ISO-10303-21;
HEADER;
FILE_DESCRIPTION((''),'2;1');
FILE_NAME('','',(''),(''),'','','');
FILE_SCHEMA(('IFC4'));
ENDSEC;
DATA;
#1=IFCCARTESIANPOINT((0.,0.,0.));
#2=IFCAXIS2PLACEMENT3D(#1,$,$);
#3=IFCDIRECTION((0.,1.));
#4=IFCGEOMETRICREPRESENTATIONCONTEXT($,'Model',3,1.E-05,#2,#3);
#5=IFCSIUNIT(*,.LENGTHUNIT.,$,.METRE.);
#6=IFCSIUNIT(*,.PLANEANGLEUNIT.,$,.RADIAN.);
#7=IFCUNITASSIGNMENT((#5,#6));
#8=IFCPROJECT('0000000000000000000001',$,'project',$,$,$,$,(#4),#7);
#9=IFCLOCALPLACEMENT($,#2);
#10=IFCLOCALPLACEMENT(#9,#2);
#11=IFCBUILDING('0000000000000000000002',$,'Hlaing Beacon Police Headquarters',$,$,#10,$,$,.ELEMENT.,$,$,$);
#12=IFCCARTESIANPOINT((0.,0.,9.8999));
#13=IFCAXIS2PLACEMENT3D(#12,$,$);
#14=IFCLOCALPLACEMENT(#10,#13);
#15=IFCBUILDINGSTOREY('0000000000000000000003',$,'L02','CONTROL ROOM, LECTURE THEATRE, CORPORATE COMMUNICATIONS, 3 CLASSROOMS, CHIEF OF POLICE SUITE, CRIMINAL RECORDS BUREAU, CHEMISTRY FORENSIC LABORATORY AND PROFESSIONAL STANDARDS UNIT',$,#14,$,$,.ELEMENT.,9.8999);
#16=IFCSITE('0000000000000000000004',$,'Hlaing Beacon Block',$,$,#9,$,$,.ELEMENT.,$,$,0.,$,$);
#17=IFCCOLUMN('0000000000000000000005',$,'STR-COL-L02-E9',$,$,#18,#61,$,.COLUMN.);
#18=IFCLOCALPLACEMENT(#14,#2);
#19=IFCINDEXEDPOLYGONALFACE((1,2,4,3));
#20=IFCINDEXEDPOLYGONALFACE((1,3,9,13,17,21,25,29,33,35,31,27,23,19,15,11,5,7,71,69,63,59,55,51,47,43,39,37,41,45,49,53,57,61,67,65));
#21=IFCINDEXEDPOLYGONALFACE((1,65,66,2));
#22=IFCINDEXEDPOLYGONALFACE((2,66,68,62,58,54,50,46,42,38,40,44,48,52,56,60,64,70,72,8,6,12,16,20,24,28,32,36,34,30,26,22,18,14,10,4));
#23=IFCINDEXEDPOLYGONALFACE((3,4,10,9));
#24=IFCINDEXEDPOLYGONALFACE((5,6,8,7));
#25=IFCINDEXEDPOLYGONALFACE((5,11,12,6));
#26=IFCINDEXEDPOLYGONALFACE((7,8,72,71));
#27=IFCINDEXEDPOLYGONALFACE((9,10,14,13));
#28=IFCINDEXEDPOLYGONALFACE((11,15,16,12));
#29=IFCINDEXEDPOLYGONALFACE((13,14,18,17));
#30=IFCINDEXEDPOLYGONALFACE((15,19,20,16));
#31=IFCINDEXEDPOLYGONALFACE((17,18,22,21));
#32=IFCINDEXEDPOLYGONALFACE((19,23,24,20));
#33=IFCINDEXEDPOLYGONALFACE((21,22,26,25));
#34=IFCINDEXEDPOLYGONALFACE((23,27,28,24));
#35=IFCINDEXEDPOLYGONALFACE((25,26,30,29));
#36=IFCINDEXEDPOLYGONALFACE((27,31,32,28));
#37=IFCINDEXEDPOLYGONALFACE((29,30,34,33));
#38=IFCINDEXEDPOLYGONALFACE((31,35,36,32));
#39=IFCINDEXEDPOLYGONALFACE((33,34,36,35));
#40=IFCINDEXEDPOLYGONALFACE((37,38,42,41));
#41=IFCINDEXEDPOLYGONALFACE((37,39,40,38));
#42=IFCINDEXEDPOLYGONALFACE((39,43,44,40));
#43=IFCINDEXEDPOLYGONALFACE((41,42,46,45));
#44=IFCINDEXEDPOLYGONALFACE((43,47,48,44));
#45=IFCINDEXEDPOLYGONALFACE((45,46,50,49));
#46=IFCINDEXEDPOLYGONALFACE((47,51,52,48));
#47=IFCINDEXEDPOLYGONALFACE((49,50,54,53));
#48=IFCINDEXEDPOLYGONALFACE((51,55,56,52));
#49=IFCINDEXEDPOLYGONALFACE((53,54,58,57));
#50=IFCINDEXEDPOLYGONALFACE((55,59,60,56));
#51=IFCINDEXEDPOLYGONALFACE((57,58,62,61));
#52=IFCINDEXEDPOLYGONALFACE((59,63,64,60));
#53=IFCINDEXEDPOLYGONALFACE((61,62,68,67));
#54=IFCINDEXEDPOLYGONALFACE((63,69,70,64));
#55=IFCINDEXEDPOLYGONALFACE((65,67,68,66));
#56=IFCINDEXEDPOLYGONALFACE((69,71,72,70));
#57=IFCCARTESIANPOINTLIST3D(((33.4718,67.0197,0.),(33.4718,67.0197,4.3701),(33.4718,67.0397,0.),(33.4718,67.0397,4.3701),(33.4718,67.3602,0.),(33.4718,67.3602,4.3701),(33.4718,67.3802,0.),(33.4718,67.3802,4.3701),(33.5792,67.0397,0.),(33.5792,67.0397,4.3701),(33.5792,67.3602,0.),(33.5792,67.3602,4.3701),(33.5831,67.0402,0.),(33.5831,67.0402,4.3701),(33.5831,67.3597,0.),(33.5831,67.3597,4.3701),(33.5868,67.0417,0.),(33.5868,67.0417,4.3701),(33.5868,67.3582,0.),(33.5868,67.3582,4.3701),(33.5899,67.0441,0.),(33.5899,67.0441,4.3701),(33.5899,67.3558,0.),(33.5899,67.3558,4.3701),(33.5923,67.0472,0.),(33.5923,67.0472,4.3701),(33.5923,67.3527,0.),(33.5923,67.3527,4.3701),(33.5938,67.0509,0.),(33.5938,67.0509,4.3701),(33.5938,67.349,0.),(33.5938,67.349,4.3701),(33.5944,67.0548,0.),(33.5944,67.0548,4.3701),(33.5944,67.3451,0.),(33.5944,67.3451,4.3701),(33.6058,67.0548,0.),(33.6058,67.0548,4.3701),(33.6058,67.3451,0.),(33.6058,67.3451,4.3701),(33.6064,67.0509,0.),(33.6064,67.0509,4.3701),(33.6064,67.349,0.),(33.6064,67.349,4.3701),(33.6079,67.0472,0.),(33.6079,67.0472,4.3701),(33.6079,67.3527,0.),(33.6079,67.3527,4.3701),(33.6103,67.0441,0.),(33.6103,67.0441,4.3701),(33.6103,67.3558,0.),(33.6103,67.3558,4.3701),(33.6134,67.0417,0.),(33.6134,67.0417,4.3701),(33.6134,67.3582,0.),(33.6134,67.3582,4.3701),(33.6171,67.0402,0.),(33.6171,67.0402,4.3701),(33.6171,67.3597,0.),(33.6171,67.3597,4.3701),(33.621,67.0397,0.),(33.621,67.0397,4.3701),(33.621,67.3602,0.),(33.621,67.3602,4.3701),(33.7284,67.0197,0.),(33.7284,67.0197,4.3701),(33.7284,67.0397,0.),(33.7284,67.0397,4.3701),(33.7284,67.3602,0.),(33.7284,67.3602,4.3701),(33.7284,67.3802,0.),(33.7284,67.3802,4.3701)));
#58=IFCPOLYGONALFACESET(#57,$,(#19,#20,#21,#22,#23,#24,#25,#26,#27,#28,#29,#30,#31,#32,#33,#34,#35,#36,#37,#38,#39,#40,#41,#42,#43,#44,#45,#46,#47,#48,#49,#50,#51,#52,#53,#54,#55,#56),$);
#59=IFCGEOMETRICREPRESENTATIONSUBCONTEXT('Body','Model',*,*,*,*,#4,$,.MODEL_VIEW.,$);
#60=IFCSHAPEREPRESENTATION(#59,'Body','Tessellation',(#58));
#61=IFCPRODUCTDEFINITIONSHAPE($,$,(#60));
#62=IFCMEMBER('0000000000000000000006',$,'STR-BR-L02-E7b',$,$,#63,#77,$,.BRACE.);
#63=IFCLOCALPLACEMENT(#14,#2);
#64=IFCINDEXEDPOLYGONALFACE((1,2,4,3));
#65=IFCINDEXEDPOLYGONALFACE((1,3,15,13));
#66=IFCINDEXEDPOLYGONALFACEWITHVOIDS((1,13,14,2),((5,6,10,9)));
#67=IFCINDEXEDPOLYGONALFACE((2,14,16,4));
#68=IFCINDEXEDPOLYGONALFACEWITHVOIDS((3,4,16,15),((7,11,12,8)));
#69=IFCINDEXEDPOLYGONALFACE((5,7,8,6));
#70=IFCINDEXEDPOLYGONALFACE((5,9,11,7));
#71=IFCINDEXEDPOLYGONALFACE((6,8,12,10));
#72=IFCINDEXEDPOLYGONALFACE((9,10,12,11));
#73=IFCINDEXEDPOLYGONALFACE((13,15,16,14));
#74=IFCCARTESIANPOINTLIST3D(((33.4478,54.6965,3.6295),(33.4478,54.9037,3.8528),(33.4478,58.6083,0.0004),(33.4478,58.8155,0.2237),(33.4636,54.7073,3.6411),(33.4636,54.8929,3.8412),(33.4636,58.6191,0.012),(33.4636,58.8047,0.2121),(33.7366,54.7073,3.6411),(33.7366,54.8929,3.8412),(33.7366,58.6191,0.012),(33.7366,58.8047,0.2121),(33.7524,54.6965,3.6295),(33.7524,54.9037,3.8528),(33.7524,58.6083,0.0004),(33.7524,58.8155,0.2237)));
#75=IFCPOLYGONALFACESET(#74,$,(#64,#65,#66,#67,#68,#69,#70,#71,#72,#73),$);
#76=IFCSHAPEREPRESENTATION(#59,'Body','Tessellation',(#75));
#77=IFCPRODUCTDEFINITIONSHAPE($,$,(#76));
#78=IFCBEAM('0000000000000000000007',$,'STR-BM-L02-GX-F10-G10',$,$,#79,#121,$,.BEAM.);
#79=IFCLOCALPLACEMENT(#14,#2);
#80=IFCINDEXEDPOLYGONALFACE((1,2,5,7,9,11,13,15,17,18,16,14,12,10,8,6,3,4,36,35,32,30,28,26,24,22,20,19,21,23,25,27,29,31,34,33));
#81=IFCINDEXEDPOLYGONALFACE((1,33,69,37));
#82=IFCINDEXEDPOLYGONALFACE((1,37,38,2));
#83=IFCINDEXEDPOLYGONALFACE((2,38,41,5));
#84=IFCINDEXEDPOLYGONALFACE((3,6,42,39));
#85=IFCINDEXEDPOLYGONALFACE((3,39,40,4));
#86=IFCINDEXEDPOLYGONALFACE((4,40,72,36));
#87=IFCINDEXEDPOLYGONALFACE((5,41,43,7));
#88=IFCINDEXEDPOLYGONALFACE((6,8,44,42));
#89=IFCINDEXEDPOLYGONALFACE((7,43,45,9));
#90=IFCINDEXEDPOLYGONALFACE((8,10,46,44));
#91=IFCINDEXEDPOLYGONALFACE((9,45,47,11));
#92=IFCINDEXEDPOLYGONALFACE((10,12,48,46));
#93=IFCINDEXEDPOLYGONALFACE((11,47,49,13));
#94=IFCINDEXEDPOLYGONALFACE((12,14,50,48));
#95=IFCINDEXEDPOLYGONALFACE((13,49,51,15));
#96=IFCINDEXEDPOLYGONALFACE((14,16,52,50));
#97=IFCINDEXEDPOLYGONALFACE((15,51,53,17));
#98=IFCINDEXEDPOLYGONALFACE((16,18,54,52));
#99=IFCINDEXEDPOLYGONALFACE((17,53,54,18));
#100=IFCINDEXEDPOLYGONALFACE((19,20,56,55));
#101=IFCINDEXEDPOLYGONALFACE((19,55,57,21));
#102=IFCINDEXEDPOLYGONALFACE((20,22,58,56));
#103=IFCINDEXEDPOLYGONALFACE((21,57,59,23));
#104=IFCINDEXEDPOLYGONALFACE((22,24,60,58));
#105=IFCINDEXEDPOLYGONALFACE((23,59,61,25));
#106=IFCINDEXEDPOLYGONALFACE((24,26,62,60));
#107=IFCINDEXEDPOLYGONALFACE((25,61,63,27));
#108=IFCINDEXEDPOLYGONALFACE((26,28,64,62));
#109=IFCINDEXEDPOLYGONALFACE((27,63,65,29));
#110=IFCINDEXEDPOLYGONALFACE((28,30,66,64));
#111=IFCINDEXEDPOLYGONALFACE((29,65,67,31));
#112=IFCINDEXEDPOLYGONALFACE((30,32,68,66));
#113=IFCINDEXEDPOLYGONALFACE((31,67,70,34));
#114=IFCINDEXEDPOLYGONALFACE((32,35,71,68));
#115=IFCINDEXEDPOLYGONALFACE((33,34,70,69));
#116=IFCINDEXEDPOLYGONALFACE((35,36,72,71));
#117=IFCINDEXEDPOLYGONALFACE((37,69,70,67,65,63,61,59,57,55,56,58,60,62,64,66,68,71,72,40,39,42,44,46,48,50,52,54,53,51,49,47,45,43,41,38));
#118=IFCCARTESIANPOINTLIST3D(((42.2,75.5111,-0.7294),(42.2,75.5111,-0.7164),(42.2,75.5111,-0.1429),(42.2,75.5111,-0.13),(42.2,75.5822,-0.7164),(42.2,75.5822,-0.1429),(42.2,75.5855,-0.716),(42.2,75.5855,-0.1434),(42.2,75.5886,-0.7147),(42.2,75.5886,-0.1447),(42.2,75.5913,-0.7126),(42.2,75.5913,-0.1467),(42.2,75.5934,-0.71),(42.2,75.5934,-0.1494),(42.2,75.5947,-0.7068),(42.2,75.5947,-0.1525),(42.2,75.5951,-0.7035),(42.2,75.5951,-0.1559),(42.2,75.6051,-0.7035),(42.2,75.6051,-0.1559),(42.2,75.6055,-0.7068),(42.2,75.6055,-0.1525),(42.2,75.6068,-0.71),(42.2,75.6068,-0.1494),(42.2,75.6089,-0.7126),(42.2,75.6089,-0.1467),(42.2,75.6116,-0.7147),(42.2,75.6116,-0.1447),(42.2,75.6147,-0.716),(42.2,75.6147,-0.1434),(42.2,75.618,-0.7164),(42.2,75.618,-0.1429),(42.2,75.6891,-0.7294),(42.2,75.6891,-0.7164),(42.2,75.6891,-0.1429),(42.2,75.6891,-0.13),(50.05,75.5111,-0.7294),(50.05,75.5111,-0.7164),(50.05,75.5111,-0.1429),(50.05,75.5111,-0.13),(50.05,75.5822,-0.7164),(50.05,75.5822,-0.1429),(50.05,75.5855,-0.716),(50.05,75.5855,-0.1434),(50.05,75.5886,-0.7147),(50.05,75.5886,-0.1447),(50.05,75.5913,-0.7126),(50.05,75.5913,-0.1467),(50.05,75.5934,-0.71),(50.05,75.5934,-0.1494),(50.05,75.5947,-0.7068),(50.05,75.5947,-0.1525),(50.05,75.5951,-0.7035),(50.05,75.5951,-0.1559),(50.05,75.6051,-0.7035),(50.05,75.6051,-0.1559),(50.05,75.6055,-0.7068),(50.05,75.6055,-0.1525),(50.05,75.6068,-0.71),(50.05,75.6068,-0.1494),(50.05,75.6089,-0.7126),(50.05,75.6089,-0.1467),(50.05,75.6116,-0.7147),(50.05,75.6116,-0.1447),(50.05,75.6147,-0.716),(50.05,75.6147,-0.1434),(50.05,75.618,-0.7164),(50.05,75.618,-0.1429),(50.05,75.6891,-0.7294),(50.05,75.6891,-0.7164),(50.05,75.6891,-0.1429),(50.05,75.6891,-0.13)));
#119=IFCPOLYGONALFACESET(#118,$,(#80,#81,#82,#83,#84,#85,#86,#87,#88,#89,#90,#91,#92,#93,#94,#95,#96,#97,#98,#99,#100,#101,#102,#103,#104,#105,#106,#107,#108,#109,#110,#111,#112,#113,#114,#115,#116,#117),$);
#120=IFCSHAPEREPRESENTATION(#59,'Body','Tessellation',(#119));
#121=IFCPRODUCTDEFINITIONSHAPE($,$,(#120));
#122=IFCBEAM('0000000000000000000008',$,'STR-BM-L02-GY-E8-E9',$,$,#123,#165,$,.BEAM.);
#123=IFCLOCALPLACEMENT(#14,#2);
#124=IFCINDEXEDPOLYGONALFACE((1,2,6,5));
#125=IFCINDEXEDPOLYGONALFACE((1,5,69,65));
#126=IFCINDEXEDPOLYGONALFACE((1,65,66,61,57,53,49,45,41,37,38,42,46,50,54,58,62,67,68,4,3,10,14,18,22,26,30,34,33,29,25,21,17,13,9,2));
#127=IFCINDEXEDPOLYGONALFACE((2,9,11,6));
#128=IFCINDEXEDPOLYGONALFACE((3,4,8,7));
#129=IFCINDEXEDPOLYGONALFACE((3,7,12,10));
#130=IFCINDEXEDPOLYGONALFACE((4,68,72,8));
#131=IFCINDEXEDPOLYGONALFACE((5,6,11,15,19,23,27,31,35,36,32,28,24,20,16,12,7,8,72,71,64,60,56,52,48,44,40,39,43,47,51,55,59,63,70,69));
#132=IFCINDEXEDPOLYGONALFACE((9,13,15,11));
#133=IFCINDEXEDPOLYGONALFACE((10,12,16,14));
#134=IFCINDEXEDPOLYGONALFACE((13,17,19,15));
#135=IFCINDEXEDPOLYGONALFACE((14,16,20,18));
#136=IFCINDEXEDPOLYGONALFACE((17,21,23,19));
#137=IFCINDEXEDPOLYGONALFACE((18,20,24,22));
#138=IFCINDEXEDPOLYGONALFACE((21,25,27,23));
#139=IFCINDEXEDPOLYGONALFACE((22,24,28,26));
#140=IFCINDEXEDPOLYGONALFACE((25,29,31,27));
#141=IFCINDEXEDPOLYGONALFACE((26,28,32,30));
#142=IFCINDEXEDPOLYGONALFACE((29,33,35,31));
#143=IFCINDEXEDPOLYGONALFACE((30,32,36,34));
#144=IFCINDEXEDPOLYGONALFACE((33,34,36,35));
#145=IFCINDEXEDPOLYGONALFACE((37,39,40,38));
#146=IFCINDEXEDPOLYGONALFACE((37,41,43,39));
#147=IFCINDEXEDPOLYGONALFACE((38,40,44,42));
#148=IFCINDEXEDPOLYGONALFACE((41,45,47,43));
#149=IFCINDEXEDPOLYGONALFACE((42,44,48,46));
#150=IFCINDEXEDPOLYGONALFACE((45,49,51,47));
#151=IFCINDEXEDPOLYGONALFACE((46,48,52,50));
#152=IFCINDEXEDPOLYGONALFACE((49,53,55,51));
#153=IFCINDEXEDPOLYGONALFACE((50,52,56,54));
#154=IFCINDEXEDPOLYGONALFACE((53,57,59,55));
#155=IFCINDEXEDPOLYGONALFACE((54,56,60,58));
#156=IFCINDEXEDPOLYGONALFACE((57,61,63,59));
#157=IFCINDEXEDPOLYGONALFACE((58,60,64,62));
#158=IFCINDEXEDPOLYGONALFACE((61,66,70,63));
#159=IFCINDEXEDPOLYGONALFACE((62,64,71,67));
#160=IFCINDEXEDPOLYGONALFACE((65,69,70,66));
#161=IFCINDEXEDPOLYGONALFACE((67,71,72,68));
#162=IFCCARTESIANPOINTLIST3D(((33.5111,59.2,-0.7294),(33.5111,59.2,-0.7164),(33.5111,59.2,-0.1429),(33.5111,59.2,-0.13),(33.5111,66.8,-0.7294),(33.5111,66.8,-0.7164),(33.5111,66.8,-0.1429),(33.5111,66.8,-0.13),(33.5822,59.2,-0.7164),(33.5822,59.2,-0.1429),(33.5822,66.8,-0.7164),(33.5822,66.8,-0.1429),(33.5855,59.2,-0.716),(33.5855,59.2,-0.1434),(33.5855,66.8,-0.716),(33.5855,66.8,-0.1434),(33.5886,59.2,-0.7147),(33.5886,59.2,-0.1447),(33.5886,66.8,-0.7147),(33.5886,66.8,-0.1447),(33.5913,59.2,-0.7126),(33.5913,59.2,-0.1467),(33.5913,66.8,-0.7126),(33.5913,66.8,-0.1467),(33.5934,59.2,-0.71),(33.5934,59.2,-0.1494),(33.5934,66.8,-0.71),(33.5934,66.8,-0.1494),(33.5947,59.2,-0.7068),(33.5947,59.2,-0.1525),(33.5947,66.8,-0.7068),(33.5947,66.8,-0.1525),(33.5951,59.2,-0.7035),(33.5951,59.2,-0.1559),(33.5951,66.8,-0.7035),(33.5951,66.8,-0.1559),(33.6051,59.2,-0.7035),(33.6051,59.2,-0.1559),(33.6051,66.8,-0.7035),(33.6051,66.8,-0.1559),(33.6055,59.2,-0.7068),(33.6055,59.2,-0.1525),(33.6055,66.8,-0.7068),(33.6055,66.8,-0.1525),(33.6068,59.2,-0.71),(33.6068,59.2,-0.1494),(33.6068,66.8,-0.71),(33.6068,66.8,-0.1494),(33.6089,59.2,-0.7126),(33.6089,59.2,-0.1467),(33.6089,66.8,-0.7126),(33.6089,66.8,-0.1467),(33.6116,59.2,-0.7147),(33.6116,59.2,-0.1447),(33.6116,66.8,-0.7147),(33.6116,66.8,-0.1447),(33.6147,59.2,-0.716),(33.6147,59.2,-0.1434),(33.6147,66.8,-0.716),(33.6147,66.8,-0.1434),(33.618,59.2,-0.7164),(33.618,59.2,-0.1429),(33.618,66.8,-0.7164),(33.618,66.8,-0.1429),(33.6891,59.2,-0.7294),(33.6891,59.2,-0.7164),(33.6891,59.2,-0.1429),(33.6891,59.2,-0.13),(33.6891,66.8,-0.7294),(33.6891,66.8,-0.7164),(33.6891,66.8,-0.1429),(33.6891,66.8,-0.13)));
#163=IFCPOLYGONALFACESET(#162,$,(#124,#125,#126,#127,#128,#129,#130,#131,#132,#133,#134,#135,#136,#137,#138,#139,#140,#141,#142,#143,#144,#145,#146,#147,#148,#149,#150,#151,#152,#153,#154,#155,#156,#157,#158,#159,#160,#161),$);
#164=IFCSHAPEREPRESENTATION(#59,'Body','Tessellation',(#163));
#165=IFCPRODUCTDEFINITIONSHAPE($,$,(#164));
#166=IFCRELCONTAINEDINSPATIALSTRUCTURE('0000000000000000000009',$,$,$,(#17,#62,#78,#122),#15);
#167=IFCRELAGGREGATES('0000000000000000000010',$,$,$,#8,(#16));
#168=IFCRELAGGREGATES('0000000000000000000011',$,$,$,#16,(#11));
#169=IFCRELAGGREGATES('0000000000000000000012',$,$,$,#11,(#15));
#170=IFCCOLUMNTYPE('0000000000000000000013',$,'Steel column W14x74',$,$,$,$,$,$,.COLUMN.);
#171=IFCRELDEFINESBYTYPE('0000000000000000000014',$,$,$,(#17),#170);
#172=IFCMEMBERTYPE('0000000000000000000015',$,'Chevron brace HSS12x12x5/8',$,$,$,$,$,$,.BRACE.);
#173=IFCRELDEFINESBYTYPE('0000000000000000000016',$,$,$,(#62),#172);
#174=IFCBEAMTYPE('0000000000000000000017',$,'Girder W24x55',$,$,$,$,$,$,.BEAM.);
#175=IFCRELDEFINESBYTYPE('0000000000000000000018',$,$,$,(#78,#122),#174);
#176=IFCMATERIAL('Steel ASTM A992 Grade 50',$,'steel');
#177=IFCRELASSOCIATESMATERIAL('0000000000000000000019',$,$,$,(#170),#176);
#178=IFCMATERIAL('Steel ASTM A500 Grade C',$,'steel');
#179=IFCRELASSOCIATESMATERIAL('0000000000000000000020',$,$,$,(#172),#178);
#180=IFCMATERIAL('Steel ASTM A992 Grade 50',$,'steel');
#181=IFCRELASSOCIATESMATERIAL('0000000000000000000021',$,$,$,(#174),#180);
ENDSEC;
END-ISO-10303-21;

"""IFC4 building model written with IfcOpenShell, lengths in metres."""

from ifc_helpers import new_model, si_unit, direction, frame, origin, origin_2d, place, context, subcontext, project, spatial, hollow_rectangle, i_section, extrude, material, material_profile, profile_set, type_object, element, save


model = new_model("IFC4")

# Units and contexts
model_context = context("Model", 3, precision=1e-05, world=origin(), true_north=direction((0.0, 1.0)))
body_context = subcontext(model_context, "Body", "Model", "MODEL_VIEW")
ifc_project = project(units=[si_unit("LENGTHUNIT", "METRE"), si_unit("PLANEANGLEUNIT", "RADIAN")], contexts=[model_context])

# Site, building, storey
site_placement = place(None, origin())
site = spatial("IfcSite", under=ifc_project, at=site_placement, Name="Hlaing Beacon Block", CompositionType="ELEMENT", RefElevation=0.0)
building_placement = place(site_placement, origin())
building = spatial("IfcBuilding", under=site, at=building_placement, Name="Hlaing Beacon Police Headquarters", CompositionType="ELEMENT")
storey_placement = place(building_placement, frame((0.0, 0.0, 9.8999)))
storey = spatial("IfcBuildingStorey", under=building, at=storey_placement, Name="L02", Description="CONTROL ROOM, LECTURE THEATRE, CORPORATE COMMUNICATIONS, 3 CLASSROOMS, CHIEF OF POLICE SUITE, CRIMINAL RECORDS BUREAU, CHEMISTRY FORENSIC LABORATORY AND PROFESSIONAL STANDARDS UNIT", CompositionType="ELEMENT", Elevation=9.8999)

# Column
ifc_material_1 = material(Name="Steel ASTM A992 Grade 50", Category="steel")
ifc_material_profile_1 = material_profile(ifc_material_1, i_section(OverallWidth=0.2566, OverallDepth=0.3606, WebThickness=0.0115, FlangeThickness=0.02, FilletRadius=0.0151, at=origin_2d()), Name="W14x74")
ifc_profile_set_1 = profile_set([ifc_material_profile_1], Name="Steel ASTM A992 Grade 50")
column_type_1 = type_object("IfcColumnType", Name="Steel column W14x74", PredefinedType="COLUMN", material=ifc_profile_set_1)
column_1_placement = place(storey_placement, frame((33.6001, 67.2, 0.0), z_axis=(0.0, 0.0, 1.0), x_axis=(1.0, 0.0, 0.0)))
element("IfcColumn", 1, at=column_1_placement, inside=storey, type_object=column_type_1, Name="STR-COL-L02-E9", PredefinedType="COLUMN", context=body_context, shape_type="SweptSolid", body=[
    extrude(i_section(OverallWidth=0.2566, OverallDepth=0.3606, WebThickness=0.0115, FlangeThickness=0.02, FilletRadius=0.0151, at=origin_2d()), origin(), (0.0, 0.0, 1.0), 4.3701),
])

# Member
ifc_material_2 = material(Name="Steel ASTM A500 Grade C", Category="steel")
ifc_material_profile_2 = material_profile(ifc_material_2, hollow_rectangle(XDim=0.3047, YDim=0.3047, WallThickness=0.0159, at=origin_2d()), Name="HSS12x12x5/8")
ifc_profile_set_2 = profile_set([ifc_material_profile_2], Name="Steel ASTM A500 Grade C")
member_type = type_object("IfcMemberType", Name="Chevron brace HSS12x12x5/8", PredefinedType="BRACE", material=ifc_profile_set_2)
member_placement = place(storey_placement, frame((33.6001, 58.7119, 0.1121), z_axis=(0.0, -0.733101, 0.680119), x_axis=(1.0, 0.0, 0.0)))
element("IfcMember", 2, at=member_placement, inside=storey, type_object=member_type, Name="STR-BR-L02-E7b", PredefinedType="BRACE", context=body_context, shape_type="SweptSolid", body=[
    extrude(hollow_rectangle(XDim=0.3047, YDim=0.3047, WallThickness=0.0159, at=origin_2d()), origin(), (0.0, 0.0, 1.0), 5.3359),
])

# Beams
ifc_material_3 = material(Name="Steel ASTM A992 Grade 50", Category="steel")
ifc_material_profile_3 = material_profile(ifc_material_3, i_section(OverallWidth=0.178, OverallDepth=0.5994, WebThickness=0.01, FlangeThickness=0.0129, FilletRadius=0.0129, at=origin_2d()), Name="W24x55")
ifc_profile_set_3 = profile_set([ifc_material_profile_3], Name="Steel ASTM A992 Grade 50")
beam_type_1 = type_object("IfcBeamType", Name="Girder W24x55", PredefinedType="BEAM", material=ifc_profile_set_3)
beam_1_placement = place(storey_placement, frame((42.2, 75.6001, -0.4297), z_axis=(1.0, 0.0, 0.0), x_axis=(0.0, 1.0, 0.0)))
element("IfcBeam", 3, at=beam_1_placement, inside=storey, type_object=beam_type_1, Name="STR-BM-L02-GX-F10-G10", PredefinedType="BEAM", context=body_context, shape_type="SweptSolid", body=[
    extrude(i_section(OverallWidth=0.178, OverallDepth=0.5994, WebThickness=0.01, FlangeThickness=0.0129, FilletRadius=0.0129, at=origin_2d()), origin(), (0.0, 0.0, 1.0), 7.8501),
])
beam_2_placement = place(storey_placement, frame((33.6001, 59.2, -0.4297), z_axis=(0.0, 1.0, 0.0), x_axis=(-1.0, 0.0, 0.0)))
element("IfcBeam", 4, at=beam_2_placement, inside=storey, type_object=beam_type_1, Name="STR-BM-L02-GY-E8-E9", PredefinedType="BEAM", context=body_context, shape_type="SweptSolid", body=[
    extrude(i_section(OverallWidth=0.178, OverallDepth=0.5994, WebThickness=0.01, FlangeThickness=0.0129, FilletRadius=0.0129, at=origin_2d()), origin(), (0.0, 0.0, 1.0), 7.6001),
])

save(model, "model.ifc")
